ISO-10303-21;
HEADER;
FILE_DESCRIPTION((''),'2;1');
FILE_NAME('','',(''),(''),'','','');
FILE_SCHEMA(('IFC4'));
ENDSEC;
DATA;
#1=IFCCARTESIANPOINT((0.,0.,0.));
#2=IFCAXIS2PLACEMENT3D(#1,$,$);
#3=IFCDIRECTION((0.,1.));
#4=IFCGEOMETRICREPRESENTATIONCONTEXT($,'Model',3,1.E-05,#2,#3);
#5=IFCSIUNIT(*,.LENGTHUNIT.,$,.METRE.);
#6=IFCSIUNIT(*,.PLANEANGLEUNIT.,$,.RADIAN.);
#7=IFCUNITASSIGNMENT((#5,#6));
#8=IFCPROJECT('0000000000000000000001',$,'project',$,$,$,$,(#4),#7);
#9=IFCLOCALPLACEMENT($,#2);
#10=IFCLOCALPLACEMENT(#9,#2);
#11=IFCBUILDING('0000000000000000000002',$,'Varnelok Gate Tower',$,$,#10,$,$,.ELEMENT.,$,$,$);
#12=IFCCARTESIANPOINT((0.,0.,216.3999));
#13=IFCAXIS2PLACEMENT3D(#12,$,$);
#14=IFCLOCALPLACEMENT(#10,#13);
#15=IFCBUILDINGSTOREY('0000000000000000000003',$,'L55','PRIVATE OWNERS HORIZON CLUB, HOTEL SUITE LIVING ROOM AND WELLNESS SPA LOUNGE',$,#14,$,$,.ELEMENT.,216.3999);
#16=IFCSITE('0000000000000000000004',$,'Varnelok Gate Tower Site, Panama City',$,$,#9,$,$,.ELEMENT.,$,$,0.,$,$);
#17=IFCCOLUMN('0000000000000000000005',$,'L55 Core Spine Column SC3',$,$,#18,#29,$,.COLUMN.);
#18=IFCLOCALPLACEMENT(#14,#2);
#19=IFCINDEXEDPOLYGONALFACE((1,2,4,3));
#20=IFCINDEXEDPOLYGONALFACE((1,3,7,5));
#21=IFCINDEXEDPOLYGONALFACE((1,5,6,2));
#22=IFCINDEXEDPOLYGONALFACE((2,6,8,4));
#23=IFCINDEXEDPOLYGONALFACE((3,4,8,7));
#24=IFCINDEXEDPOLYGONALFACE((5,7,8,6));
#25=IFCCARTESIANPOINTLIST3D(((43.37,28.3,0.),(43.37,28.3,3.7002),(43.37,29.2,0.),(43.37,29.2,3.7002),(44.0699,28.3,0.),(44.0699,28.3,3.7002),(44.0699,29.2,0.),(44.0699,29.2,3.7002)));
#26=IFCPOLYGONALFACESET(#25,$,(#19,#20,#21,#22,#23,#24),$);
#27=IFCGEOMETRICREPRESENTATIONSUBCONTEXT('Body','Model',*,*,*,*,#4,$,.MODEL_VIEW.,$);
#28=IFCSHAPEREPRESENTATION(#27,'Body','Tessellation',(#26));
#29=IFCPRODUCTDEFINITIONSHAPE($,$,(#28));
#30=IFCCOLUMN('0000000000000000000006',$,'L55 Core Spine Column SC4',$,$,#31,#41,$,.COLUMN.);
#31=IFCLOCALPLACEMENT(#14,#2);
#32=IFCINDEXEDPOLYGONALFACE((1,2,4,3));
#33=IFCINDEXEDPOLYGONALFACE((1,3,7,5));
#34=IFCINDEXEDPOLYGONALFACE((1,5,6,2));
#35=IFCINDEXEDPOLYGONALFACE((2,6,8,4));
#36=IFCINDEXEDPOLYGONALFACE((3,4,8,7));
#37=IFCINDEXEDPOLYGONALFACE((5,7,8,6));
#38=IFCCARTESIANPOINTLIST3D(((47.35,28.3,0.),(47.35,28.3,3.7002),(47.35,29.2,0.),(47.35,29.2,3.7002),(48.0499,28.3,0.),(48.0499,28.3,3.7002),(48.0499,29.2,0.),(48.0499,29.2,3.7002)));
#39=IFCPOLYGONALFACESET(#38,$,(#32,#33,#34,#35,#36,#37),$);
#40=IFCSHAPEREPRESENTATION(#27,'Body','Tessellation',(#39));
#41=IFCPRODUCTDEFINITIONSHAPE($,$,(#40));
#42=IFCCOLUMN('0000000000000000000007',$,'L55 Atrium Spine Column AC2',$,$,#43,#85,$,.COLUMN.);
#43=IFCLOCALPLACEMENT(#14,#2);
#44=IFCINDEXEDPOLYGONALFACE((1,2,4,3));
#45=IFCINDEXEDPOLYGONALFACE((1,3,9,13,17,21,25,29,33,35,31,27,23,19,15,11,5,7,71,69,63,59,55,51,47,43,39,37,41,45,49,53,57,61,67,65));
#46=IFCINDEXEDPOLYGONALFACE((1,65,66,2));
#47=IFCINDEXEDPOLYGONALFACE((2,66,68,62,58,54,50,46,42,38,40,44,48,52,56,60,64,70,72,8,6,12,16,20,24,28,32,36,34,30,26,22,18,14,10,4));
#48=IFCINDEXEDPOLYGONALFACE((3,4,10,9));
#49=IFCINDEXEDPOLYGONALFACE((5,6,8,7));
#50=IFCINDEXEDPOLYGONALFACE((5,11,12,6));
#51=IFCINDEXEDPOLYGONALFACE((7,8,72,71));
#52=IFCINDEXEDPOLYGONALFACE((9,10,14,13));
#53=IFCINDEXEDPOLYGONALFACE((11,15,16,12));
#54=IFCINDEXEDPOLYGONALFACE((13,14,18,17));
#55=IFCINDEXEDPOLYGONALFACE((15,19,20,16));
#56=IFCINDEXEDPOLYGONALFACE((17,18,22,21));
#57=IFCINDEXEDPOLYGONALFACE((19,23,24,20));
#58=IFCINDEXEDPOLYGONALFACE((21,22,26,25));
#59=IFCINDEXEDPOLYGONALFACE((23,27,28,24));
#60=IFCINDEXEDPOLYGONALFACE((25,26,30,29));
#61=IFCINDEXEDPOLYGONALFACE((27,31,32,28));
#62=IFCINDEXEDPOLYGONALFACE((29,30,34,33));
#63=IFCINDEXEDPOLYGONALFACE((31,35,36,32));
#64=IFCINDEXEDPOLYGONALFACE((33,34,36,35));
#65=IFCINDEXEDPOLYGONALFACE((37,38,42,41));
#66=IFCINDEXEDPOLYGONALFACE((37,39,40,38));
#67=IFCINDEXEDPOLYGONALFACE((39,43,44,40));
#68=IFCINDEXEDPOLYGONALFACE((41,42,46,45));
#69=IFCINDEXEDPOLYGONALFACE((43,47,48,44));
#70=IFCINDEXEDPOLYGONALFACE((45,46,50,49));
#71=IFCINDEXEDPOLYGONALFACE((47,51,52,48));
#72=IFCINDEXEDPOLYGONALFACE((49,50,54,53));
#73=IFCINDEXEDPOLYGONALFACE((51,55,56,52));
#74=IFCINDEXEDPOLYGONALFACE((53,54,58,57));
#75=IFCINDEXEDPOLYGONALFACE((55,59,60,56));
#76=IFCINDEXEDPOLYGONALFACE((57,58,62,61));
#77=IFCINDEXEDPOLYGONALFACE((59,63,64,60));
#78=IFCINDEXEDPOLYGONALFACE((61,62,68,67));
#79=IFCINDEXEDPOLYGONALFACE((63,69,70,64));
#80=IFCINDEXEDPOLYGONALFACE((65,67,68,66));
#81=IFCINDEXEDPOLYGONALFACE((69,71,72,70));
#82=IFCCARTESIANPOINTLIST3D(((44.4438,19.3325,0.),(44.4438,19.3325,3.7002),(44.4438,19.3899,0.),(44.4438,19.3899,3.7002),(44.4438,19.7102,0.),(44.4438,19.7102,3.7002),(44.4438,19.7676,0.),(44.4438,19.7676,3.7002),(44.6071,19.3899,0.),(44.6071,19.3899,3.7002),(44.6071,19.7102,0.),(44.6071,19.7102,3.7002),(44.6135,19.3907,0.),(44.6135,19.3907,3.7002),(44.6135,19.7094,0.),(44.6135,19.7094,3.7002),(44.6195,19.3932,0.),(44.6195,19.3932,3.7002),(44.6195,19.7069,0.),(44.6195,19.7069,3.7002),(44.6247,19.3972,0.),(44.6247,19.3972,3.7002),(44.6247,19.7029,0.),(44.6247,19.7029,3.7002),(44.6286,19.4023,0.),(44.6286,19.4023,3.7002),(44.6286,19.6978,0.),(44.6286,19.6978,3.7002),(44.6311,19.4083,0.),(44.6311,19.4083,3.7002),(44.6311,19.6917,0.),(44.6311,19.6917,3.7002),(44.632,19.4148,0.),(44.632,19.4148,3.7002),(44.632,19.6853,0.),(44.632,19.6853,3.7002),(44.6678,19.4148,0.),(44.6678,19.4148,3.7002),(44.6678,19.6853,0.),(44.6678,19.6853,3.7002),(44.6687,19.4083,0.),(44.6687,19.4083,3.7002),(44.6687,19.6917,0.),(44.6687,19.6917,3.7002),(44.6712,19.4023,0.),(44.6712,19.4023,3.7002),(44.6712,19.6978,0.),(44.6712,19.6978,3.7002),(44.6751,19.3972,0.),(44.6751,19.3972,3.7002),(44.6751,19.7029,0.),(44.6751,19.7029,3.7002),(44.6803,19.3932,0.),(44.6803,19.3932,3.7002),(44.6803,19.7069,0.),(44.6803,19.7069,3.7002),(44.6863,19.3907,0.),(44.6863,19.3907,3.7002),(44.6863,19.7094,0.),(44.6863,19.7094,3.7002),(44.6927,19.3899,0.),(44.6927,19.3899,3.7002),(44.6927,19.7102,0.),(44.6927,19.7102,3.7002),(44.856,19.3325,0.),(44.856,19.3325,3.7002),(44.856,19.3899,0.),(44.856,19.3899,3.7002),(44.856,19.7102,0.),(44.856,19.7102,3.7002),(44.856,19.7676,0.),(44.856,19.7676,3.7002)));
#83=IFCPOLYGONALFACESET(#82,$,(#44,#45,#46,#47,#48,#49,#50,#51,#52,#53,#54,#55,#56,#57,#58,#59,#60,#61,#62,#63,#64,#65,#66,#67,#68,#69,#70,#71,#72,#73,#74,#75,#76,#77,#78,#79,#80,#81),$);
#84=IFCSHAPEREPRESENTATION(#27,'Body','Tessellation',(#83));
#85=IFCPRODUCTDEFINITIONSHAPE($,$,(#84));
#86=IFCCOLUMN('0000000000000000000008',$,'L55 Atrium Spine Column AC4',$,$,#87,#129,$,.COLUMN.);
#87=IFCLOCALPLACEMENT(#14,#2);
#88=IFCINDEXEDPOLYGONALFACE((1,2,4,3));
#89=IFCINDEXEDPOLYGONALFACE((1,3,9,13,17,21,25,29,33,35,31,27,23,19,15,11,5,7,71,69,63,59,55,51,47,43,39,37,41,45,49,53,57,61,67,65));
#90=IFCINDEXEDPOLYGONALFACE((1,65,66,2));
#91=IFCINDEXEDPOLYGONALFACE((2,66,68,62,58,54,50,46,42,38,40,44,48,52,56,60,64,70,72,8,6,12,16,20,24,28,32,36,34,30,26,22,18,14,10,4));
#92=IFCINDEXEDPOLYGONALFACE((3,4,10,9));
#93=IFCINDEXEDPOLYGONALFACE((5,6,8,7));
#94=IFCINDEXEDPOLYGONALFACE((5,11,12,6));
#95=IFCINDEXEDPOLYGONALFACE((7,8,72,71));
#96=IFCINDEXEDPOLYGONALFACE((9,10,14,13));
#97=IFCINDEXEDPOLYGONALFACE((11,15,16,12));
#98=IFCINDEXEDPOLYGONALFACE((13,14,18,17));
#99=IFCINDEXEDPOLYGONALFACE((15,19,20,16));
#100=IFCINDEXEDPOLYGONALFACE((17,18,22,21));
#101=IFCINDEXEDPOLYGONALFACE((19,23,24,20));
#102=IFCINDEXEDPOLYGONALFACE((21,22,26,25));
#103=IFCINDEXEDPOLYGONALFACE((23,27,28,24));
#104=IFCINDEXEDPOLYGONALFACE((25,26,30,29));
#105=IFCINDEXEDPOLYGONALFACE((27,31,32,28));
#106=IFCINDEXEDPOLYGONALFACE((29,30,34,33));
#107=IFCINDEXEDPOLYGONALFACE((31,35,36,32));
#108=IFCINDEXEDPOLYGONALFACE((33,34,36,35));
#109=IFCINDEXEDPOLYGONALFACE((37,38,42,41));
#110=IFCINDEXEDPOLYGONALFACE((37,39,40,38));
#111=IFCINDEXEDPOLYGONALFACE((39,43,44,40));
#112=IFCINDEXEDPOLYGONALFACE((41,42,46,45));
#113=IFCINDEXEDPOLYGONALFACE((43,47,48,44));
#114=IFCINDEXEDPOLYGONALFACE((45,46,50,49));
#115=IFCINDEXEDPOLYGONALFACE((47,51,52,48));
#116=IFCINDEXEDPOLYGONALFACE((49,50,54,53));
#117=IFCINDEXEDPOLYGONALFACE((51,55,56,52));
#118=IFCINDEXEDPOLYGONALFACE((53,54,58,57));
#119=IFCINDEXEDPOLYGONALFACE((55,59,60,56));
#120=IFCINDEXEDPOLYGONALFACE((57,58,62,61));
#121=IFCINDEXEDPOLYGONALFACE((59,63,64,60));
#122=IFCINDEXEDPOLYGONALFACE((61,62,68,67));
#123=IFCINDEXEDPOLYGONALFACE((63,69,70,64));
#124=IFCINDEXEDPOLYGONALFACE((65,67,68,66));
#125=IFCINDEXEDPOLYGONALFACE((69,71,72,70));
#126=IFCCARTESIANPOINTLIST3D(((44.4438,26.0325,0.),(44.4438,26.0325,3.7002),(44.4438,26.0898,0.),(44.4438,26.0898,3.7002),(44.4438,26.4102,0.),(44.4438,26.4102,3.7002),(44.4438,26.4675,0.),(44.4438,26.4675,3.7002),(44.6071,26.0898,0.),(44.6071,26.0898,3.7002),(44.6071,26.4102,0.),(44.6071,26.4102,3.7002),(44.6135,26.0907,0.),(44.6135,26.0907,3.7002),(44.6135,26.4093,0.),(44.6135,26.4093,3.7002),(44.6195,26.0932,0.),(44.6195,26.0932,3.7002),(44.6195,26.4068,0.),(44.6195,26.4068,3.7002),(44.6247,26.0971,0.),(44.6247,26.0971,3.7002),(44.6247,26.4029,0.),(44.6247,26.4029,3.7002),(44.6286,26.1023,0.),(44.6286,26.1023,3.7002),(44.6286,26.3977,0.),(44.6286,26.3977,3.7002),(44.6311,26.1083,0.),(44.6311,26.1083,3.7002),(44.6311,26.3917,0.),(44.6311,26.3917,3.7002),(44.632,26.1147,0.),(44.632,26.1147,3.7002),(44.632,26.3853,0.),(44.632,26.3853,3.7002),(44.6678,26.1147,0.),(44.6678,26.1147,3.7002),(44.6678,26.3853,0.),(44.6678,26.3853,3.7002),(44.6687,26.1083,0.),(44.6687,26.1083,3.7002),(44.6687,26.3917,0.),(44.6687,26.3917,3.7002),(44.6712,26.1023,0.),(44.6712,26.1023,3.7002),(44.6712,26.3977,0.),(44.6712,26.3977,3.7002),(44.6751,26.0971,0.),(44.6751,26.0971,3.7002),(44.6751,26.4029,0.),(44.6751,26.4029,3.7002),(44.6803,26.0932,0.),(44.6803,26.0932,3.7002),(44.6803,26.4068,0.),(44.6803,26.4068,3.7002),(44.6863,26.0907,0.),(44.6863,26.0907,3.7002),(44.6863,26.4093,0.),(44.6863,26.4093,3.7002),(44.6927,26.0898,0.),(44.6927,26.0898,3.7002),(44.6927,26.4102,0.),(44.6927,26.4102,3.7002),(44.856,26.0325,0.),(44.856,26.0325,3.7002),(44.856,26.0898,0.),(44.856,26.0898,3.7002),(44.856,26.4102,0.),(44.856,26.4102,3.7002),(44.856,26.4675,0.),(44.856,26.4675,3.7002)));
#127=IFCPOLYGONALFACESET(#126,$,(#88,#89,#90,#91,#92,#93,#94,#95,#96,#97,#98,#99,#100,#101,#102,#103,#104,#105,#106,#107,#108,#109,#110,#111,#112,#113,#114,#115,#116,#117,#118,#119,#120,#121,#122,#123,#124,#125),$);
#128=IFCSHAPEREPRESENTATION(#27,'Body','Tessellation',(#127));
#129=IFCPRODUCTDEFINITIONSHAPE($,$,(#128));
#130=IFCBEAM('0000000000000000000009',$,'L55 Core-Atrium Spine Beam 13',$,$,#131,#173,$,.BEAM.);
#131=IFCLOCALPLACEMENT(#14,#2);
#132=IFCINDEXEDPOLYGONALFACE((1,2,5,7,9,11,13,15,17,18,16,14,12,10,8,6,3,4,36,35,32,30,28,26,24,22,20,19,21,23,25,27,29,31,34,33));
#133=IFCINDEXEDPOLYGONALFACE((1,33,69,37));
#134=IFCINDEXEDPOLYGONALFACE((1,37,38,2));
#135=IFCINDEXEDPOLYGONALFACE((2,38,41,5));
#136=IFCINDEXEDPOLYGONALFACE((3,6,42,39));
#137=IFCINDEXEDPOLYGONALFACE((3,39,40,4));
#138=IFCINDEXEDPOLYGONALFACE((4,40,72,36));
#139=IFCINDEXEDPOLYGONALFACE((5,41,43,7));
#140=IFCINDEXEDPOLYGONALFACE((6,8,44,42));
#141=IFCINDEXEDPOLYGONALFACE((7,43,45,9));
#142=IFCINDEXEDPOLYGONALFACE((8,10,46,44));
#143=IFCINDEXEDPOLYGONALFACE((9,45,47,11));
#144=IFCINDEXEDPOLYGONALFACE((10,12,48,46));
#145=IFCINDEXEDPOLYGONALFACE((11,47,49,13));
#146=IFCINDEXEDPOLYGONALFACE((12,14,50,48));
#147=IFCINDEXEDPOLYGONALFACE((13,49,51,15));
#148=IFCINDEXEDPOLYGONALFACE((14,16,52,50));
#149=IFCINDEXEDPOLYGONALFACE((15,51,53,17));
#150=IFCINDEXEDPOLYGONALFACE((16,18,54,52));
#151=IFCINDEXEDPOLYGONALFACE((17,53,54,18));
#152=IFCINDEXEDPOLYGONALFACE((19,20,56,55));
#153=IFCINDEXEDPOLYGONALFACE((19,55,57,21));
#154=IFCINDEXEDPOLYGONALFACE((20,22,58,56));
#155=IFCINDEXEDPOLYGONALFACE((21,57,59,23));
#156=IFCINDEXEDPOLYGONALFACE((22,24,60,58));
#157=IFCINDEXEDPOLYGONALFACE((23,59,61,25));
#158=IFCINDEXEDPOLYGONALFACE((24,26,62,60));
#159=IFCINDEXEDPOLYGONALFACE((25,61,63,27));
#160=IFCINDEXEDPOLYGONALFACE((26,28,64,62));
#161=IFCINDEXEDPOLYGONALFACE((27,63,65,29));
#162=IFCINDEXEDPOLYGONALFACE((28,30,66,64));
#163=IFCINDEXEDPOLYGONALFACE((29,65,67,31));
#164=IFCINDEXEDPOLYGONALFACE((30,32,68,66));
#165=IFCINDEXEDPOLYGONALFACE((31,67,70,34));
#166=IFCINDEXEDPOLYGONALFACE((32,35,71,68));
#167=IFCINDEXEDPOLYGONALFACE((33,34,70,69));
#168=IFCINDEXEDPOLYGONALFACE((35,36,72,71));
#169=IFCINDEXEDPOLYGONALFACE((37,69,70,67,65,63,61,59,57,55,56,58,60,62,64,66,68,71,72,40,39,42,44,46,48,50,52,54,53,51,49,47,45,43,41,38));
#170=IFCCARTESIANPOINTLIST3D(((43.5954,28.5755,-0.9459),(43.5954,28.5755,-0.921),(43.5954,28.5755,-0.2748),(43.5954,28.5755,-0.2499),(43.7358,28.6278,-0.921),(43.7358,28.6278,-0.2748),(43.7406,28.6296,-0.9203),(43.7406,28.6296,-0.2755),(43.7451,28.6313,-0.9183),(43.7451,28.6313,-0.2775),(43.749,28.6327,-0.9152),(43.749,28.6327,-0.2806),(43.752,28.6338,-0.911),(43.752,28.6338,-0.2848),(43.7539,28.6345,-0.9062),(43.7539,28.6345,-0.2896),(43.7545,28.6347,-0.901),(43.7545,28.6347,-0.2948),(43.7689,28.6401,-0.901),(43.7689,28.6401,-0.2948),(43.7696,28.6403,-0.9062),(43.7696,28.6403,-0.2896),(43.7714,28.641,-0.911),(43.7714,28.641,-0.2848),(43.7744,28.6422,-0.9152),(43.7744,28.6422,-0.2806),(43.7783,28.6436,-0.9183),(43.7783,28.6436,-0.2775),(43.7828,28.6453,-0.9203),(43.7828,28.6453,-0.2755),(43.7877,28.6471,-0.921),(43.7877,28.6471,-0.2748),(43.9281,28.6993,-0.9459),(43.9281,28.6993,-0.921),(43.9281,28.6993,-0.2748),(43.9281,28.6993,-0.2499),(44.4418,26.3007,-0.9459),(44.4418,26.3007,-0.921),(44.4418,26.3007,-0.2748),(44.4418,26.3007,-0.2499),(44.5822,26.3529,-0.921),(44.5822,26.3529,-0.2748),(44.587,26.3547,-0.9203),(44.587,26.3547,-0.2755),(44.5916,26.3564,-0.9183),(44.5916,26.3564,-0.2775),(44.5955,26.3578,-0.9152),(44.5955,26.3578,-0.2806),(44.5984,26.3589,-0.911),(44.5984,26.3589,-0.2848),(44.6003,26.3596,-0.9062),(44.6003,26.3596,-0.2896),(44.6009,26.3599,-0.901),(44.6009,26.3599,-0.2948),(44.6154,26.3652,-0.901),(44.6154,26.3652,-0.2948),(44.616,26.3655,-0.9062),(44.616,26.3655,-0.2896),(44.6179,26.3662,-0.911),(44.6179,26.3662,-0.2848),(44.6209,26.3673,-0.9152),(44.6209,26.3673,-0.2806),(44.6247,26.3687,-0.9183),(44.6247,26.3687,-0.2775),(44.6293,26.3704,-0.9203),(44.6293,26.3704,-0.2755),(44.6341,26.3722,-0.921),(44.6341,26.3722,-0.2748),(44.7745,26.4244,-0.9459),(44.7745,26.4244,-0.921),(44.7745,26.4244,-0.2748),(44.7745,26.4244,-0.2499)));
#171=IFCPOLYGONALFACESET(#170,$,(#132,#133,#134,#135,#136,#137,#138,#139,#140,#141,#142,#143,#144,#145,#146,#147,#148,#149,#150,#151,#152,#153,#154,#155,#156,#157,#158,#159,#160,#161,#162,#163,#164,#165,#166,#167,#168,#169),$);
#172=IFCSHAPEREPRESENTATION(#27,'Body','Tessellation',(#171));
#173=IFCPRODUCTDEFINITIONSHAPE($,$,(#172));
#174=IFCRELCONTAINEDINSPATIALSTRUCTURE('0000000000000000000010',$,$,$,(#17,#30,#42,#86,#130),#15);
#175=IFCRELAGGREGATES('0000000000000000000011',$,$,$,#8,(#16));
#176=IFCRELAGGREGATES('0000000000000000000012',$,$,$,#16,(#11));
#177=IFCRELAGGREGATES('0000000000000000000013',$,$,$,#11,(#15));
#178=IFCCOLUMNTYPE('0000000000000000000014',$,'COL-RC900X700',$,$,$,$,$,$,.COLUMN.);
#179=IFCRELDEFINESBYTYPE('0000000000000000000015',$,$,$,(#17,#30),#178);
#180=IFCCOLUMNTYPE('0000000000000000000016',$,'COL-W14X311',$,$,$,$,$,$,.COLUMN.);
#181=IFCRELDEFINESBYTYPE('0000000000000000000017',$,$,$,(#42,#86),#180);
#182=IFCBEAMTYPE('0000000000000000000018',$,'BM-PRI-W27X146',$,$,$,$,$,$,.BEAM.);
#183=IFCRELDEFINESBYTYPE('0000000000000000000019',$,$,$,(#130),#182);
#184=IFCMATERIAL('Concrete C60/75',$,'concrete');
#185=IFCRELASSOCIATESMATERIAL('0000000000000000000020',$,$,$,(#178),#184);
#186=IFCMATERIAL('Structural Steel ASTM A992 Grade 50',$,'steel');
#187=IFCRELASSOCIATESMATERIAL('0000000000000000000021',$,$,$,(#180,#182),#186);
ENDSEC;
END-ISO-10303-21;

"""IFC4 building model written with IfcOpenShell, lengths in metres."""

from ifc_helpers import new_model, si_unit, direction, frame, origin, origin_2d, place, context, subcontext, project, spatial, rectangle, i_section, extrude, material, material_profile, profile_set, type_object, element, save


model = new_model("IFC4")

# Units and contexts
model_context = context("Model", 3, precision=1e-05, world=origin(), true_north=direction((0.0, 1.0)))
body_context = subcontext(model_context, "Body", "Model", "MODEL_VIEW")
ifc_project = project(units=[si_unit("LENGTHUNIT", "METRE"), si_unit("PLANEANGLEUNIT", "RADIAN")], contexts=[model_context])

# Site, building, storey
site_placement = place(None, origin())
site = spatial("IfcSite", under=ifc_project, at=site_placement, Name="Varnelok Gate Tower Site, Panama City", CompositionType="ELEMENT", RefElevation=0.0)
building_placement = place(site_placement, origin())
building = spatial("IfcBuilding", under=site, at=building_placement, Name="Varnelok Gate Tower", CompositionType="ELEMENT")
storey_placement = place(building_placement, frame((0.0, 0.0, 216.3999)))
storey = spatial("IfcBuildingStorey", under=building, at=storey_placement, Name="L55", Description="PRIVATE OWNERS HORIZON CLUB, HOTEL SUITE LIVING ROOM AND WELLNESS SPA LOUNGE", CompositionType="ELEMENT", Elevation=216.3999)

# Columns
ifc_material_1 = material(Name="Concrete C60/75", Category="concrete")
ifc_material_profile_1 = material_profile(ifc_material_1, rectangle(XDim=0.7, YDim=0.8999, at=origin_2d()), Name="RC900X700")
ifc_profile_set_1 = profile_set([ifc_material_profile_1], Name="Concrete C60/75")
column_type_1 = type_object("IfcColumnType", Name="COL-RC900X700", PredefinedType="COLUMN", material=ifc_profile_set_1)
for number, where, z_axis, x_axis, name in (
    (1, (43.72, 28.75, 0.0), (0.0, 0.0, 1.0), (1.0, 0.0, 0.0), "L55 Core Spine Column SC3"),
    (2, (47.7, 28.75, 0.0), (0.0, 0.0, 1.0), (1.0, 0.0, 0.0), "L55 Core Spine Column SC4"),
):
    element("IfcColumn", number, at=place(storey_placement, frame(where, z_axis=z_axis, x_axis=x_axis)), inside=storey, type_object=column_type_1, Name=name, PredefinedType="COLUMN", context=body_context, shape_type="SweptSolid", body=[
        extrude(rectangle(XDim=0.7, YDim=0.8999, at=origin_2d()), origin(), (0.0, 0.0, 1.0), 3.7002),
    ])
ifc_material_2 = material(Name="Structural Steel ASTM A992 Grade 50", Category="steel")
ifc_material_profile_2 = material_profile(ifc_material_2, i_section(OverallWidth=0.4121, OverallDepth=0.4351, WebThickness=0.0359, FlangeThickness=0.0574, FilletRadius=0.0249, at=origin_2d()), Name="W14X311")
ifc_profile_set_2 = profile_set([ifc_material_profile_2], Name="Structural Steel ASTM A992 Grade 50")
column_type_2 = type_object("IfcColumnType", Name="COL-W14X311", PredefinedType="COLUMN", material=ifc_profile_set_2)
for number, where, z_axis, x_axis, name in (
    (3, (44.6499, 19.55, 0.0), (0.0, 0.0, 1.0), (1.0, 0.0, 0.0), "L55 Atrium Spine Column AC2"),
    (4, (44.6499, 26.25, 0.0), (0.0, 0.0, 1.0), (1.0, 0.0, 0.0), "L55 Atrium Spine Column AC4"),
):
    element("IfcColumn", number, at=place(storey_placement, frame(where, z_axis=z_axis, x_axis=x_axis)), inside=storey, type_object=column_type_2, Name=name, PredefinedType="COLUMN", context=body_context, shape_type="SweptSolid", body=[
        extrude(i_section(OverallWidth=0.4121, OverallDepth=0.4351, WebThickness=0.0359, FlangeThickness=0.0574, FilletRadius=0.0249, at=origin_2d()), origin(), (0.0, 0.0, 1.0), 3.7002),
    ])

# Beam
ifc_material_profile_3 = material_profile(ifc_material_2, i_section(OverallWidth=0.355, OverallDepth=0.696, WebThickness=0.0154, FlangeThickness=0.0249, FilletRadius=0.02, at=origin_2d()), Name="W27X146")
ifc_profile_set_3 = profile_set([ifc_material_profile_3], Name="Structural Steel ASTM A992 Grade 50")
beam_type_1 = type_object("IfcBeamType", Name="BM-PRI-W27X146", PredefinedType="BEAM", material=ifc_profile_set_3)
beam_1_placement = place(storey_placement, frame((44.6082, 26.3625, -0.5979), z_axis=(-0.348719, 0.937227, 0.0), x_axis=(-0.937227, -0.348719, 0.0)))
element("IfcBeam", 5, at=beam_1_placement, inside=storey, type_object=beam_type_1, Name="L55 Core-Atrium Spine Beam 13", PredefinedType="BEAM", context=body_context, shape_type="SweptSolid", body=[
    extrude(i_section(OverallWidth=0.355, OverallDepth=0.696, WebThickness=0.0154, FlangeThickness=0.0249, FilletRadius=0.02, at=origin_2d()), origin(), (0.0, 0.0, 1.0), 2.4272),
])

save(model, "model.ifc")
